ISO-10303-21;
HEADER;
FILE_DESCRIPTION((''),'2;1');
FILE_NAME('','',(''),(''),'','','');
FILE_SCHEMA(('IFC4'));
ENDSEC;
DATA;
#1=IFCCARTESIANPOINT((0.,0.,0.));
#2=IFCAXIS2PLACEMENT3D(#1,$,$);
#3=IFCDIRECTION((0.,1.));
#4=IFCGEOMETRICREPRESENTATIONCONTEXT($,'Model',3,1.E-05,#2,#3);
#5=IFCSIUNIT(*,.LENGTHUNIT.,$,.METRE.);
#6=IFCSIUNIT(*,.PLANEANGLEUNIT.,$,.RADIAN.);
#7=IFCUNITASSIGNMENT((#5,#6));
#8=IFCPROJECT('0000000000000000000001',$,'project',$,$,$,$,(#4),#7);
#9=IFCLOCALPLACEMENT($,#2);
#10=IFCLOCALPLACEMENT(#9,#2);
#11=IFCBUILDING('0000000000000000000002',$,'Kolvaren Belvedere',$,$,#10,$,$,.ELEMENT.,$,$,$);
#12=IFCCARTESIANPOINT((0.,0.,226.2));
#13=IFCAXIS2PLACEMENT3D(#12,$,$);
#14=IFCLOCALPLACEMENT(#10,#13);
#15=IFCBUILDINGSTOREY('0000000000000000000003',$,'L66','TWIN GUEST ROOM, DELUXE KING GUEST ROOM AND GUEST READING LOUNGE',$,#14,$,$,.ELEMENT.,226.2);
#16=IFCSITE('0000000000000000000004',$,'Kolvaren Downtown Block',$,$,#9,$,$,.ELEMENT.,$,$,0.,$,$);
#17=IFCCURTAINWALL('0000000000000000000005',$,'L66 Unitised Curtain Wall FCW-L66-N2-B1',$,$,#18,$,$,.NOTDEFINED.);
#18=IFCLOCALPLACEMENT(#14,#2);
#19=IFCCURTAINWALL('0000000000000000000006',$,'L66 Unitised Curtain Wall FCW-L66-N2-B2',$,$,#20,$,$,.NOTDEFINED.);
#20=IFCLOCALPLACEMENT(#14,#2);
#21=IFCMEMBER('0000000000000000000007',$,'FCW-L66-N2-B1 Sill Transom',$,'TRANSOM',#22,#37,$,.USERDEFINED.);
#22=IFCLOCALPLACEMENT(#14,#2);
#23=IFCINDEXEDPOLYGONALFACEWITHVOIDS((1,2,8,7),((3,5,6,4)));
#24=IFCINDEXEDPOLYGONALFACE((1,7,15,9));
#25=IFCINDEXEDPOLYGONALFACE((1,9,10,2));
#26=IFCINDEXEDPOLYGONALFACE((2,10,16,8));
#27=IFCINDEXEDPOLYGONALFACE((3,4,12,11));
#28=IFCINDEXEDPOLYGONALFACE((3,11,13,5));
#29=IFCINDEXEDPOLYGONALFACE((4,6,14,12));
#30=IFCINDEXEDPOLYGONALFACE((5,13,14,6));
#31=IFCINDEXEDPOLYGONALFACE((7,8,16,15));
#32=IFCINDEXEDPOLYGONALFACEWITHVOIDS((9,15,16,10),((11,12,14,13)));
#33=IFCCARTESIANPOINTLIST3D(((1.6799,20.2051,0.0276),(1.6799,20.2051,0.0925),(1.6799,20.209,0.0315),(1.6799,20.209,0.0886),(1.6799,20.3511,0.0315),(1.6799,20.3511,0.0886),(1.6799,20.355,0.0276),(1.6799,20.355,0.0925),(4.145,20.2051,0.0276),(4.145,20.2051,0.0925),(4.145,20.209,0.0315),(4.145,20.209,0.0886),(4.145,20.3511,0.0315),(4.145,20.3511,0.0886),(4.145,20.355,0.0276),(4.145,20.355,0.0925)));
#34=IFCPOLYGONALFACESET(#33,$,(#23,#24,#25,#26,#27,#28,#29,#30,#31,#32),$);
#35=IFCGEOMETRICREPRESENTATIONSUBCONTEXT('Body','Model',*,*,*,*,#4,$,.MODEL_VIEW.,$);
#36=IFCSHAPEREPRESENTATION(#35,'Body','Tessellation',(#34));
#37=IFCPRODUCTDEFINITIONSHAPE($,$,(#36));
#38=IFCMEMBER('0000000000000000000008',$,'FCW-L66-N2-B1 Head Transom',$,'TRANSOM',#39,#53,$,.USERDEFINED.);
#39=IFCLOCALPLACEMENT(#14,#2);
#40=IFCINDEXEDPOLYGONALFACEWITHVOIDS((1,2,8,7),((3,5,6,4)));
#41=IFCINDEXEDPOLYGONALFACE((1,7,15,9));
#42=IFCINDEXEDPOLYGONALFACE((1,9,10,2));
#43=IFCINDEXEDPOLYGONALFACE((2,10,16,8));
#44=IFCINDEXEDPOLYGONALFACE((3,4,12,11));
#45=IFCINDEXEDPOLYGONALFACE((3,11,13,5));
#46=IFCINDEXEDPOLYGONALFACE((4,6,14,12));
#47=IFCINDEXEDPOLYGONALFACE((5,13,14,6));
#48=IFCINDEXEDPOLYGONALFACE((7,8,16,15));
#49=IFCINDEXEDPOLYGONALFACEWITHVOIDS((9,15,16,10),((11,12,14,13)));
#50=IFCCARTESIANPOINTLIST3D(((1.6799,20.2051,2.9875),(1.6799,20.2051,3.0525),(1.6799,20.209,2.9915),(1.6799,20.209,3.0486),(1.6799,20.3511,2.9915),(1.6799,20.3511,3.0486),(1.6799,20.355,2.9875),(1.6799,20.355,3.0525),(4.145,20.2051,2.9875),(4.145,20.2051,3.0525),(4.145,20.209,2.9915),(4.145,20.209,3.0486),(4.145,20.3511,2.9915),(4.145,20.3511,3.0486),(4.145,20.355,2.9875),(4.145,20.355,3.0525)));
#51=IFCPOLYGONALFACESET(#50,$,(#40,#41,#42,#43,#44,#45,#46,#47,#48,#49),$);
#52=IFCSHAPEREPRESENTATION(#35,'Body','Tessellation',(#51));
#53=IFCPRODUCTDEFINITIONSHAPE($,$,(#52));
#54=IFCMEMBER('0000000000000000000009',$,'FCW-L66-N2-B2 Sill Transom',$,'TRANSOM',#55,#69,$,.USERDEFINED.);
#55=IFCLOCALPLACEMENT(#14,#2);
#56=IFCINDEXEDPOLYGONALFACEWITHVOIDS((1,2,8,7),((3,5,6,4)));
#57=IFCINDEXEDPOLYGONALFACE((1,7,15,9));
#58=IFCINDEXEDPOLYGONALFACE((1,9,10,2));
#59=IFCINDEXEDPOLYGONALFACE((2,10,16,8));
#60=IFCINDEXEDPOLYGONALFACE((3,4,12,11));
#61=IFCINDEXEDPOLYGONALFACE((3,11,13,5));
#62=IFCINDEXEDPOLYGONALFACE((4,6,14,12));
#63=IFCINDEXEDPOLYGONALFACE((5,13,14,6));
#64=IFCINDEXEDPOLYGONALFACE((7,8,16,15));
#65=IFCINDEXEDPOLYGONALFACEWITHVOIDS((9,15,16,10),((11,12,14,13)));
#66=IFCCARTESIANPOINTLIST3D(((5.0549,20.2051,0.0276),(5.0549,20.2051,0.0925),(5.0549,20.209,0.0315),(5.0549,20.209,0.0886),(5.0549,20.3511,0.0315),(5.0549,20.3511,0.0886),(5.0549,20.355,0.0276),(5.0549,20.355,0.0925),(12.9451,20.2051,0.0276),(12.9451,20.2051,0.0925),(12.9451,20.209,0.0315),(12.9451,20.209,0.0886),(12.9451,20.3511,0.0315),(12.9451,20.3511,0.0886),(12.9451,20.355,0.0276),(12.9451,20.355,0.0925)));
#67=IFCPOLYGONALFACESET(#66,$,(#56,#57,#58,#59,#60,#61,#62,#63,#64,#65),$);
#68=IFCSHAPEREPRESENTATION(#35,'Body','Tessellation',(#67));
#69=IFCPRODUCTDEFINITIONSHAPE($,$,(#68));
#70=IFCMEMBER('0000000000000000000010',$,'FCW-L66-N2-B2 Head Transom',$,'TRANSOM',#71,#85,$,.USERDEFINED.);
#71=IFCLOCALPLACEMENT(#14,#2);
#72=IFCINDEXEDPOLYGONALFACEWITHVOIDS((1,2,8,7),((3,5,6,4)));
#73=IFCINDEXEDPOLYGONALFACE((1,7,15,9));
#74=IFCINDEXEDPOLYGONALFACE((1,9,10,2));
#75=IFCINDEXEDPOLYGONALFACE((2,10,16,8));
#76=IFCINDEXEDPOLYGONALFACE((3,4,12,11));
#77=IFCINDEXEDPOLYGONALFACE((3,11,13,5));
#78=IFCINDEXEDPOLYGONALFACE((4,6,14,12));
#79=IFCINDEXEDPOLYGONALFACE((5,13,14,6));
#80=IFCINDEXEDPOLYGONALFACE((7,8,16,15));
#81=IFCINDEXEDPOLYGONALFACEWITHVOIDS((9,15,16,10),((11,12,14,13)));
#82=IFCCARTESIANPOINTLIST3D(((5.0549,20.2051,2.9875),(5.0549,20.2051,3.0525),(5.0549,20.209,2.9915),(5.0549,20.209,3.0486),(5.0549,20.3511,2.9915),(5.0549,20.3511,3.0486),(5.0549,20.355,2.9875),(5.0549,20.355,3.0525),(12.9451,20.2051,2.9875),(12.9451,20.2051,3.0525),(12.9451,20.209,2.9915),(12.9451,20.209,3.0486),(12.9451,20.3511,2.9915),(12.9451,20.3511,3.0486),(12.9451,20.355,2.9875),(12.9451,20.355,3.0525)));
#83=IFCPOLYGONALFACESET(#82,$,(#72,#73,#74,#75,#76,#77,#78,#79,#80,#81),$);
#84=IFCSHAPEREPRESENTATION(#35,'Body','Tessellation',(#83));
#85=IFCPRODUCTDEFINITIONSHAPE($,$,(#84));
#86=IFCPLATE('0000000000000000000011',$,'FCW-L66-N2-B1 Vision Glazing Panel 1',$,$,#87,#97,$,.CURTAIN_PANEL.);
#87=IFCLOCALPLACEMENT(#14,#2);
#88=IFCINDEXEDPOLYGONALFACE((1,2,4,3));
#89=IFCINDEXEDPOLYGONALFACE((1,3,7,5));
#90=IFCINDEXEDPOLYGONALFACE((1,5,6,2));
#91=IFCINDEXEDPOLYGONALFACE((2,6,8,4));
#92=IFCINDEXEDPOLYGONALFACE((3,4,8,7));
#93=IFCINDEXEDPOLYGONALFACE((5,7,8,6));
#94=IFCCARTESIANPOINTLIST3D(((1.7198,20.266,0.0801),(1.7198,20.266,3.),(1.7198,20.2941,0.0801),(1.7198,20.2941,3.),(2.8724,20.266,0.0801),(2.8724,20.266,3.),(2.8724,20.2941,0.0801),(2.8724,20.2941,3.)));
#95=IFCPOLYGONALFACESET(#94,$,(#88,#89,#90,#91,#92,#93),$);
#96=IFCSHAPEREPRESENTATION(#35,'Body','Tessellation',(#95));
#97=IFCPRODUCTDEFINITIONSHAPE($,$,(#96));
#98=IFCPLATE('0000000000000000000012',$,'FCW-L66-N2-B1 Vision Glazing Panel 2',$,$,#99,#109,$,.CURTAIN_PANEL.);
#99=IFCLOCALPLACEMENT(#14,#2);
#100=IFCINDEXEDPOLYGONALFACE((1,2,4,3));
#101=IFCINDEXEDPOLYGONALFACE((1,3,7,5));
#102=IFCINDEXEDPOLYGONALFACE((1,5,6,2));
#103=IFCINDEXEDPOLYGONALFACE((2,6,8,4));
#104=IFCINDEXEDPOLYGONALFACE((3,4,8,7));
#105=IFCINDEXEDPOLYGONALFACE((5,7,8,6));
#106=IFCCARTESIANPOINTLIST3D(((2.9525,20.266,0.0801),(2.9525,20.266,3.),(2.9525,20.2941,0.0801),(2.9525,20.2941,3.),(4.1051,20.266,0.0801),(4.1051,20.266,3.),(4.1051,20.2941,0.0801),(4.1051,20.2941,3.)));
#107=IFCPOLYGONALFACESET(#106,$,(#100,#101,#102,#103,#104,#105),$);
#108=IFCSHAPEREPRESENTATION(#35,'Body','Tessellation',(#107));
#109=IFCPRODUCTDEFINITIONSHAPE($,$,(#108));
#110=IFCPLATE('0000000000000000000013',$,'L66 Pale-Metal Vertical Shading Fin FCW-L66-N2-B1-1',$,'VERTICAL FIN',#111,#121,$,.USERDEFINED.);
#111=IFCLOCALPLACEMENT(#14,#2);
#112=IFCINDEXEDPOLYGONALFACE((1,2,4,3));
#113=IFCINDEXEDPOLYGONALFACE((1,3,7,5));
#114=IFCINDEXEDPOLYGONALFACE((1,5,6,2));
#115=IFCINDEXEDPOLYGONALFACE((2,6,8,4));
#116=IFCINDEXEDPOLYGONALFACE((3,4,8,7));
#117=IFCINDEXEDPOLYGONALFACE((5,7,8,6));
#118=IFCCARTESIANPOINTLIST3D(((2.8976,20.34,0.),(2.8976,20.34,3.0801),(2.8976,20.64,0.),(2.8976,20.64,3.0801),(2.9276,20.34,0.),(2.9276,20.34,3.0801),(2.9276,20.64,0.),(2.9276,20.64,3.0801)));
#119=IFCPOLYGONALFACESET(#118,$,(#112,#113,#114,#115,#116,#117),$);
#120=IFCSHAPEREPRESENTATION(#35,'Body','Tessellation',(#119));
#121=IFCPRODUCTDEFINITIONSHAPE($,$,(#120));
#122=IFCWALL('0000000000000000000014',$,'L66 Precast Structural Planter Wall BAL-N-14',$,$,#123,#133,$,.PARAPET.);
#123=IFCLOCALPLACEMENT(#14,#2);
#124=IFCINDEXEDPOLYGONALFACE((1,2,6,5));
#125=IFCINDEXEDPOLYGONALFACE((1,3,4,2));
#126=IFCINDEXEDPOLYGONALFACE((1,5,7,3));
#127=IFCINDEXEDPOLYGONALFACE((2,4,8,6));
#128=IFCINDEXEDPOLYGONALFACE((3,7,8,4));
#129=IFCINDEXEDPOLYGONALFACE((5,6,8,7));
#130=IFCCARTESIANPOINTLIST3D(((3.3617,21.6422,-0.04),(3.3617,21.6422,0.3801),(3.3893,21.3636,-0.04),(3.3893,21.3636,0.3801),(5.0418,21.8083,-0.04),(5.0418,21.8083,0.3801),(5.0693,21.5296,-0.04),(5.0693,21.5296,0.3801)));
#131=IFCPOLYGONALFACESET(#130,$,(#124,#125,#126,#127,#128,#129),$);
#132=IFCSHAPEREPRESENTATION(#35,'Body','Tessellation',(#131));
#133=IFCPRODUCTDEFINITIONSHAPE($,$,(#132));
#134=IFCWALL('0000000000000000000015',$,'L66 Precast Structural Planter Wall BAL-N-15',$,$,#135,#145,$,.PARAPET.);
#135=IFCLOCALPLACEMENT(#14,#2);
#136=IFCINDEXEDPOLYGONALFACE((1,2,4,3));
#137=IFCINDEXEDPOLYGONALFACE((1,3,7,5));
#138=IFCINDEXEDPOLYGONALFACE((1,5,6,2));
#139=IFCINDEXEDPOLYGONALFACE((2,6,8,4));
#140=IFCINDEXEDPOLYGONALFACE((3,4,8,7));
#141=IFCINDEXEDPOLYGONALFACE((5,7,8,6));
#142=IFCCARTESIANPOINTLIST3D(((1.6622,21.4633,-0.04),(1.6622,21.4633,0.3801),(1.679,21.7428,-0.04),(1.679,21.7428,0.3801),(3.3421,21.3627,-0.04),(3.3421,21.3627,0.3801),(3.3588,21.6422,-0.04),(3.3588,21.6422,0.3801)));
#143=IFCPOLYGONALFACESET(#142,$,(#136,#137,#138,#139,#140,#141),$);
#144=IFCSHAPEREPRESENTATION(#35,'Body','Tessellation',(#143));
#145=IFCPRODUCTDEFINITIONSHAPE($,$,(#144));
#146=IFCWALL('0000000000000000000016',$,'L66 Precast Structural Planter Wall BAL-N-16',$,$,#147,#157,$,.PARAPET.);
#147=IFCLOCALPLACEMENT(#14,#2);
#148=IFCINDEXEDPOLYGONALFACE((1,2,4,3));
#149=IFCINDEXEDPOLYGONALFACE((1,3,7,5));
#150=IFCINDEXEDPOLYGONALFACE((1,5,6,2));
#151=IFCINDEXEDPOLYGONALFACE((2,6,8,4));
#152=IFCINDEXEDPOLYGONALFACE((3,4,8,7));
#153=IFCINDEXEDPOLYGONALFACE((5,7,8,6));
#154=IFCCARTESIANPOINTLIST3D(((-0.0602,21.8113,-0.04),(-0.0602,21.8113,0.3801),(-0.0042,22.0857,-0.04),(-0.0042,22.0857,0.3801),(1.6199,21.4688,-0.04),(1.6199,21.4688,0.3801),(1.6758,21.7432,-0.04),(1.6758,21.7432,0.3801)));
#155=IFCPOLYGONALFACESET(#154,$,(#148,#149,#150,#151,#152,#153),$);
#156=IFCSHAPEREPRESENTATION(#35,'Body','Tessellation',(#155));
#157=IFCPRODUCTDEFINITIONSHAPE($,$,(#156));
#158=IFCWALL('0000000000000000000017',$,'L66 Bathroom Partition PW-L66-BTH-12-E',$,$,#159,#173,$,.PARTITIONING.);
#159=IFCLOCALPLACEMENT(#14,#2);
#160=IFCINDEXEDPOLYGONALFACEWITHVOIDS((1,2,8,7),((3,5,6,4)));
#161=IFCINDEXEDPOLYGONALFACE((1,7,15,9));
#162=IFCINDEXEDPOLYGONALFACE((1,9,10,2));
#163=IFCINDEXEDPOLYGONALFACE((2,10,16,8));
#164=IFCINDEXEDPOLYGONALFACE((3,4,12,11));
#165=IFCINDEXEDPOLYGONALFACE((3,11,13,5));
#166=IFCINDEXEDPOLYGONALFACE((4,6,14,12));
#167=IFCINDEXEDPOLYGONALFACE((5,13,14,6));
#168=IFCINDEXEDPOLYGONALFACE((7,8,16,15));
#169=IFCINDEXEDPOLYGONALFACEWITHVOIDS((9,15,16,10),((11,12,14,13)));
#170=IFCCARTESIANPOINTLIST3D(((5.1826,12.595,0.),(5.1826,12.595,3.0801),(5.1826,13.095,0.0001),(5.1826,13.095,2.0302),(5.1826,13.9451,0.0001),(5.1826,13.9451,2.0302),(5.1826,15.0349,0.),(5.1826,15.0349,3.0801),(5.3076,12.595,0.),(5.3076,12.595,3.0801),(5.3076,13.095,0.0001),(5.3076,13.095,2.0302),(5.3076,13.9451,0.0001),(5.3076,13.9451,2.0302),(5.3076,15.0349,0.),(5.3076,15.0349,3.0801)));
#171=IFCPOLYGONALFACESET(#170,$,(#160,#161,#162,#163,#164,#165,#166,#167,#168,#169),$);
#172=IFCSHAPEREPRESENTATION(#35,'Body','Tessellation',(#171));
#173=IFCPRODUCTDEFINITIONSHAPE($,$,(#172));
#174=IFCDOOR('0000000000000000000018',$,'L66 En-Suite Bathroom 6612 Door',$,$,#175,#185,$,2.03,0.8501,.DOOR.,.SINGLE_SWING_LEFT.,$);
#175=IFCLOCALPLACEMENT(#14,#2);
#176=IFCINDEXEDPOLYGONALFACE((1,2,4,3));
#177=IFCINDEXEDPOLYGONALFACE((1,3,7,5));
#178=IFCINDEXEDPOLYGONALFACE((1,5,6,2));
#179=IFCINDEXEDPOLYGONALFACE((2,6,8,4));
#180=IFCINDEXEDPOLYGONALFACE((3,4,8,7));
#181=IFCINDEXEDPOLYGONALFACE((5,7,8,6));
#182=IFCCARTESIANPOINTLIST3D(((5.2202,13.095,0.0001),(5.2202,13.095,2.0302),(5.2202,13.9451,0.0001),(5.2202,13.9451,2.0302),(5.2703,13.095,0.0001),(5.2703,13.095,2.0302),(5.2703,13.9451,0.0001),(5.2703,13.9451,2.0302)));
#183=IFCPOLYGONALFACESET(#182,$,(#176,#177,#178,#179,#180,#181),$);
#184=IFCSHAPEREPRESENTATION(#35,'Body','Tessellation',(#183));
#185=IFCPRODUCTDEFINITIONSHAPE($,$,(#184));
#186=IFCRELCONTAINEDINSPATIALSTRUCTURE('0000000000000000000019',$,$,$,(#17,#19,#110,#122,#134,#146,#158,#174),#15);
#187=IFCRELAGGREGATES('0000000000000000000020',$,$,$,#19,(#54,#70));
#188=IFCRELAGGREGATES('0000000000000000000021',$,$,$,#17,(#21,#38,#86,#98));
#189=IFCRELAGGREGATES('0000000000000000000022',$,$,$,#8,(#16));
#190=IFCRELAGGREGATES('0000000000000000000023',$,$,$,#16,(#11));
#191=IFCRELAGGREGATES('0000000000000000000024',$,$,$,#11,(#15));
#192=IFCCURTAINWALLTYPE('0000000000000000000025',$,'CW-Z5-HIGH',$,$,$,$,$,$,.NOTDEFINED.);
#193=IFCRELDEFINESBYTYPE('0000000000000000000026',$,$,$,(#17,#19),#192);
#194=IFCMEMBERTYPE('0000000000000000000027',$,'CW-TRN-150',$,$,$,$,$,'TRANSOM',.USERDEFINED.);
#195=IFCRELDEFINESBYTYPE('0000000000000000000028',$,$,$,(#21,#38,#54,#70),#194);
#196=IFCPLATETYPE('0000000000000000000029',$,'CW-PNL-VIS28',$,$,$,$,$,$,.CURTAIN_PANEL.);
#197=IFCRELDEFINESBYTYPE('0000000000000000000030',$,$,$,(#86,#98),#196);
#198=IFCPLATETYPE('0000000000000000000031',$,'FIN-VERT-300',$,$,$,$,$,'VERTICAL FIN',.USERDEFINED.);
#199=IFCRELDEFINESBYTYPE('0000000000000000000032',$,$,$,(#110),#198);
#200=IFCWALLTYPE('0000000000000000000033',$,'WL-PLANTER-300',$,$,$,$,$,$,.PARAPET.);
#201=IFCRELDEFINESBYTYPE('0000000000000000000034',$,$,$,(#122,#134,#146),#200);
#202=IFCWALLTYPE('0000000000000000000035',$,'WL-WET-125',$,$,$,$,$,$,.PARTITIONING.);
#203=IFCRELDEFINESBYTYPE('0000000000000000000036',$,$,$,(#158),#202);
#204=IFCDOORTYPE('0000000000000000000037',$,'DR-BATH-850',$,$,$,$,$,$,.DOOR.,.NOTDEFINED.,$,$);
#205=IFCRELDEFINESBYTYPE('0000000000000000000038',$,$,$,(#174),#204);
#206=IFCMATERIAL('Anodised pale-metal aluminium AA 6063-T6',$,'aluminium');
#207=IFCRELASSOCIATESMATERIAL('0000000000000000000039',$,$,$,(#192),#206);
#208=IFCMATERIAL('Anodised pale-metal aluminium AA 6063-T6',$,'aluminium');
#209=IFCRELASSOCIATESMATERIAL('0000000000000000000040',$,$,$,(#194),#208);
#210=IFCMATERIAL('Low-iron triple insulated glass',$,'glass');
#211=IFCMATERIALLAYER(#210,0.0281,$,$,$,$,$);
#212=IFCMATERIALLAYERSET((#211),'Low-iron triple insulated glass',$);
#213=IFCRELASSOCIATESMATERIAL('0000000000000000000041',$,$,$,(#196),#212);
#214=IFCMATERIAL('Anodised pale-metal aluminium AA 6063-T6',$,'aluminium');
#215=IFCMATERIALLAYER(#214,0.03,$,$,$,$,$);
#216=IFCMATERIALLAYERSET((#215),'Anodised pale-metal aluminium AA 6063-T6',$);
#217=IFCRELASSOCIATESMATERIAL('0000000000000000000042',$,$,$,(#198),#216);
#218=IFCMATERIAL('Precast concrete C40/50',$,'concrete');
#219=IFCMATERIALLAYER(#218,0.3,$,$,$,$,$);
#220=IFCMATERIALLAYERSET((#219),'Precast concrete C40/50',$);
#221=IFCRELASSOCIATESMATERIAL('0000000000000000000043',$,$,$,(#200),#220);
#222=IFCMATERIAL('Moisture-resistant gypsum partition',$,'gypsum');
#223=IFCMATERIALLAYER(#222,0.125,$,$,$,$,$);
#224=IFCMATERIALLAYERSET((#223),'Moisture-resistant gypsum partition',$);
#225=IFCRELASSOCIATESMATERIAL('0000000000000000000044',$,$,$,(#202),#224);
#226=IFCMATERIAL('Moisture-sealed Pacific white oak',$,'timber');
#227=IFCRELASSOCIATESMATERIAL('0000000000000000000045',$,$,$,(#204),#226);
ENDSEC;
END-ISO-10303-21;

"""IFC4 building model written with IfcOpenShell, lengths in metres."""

from ifc_helpers import new_model, si_unit, direction, frame, frame_2d, origin, origin_2d, place, context, subcontext, project, spatial, rectangle, hollow_rectangle, extrude, material, layer, layer_set, material_profile, profile_set, type_object, element, fill, aggregate, save


model = new_model("IFC4")

# Units and contexts
model_context = context("Model", 3, precision=1e-05, world=origin(), true_north=direction((0.0, 1.0)))
body_context = subcontext(model_context, "Body", "Model", "MODEL_VIEW")
ifc_project = project(units=[si_unit("LENGTHUNIT", "METRE"), si_unit("PLANEANGLEUNIT", "RADIAN")], contexts=[model_context])

# Site, building, storey
site_placement = place(None, origin())
site = spatial("IfcSite", under=ifc_project, at=site_placement, Name="Kolvaren Downtown Block", CompositionType="ELEMENT", RefElevation=0.0)
building_placement = place(site_placement, origin())
building = spatial("IfcBuilding", under=site, at=building_placement, Name="Kolvaren Belvedere", CompositionType="ELEMENT")
storey_placement = place(building_placement, frame((0.0, 0.0, 226.2)))
storey = spatial("IfcBuildingStorey", under=building, at=storey_placement, Name="L66", Description="TWIN GUEST ROOM, DELUXE KING GUEST ROOM AND GUEST READING LOUNGE", CompositionType="ELEMENT", Elevation=226.2)

# Curtain wall
ifc_material_1 = material(Name="Anodised pale-metal aluminium AA 6063-T6", Category="aluminium")
curtain_wall_type = type_object("IfcCurtainWallType", Name="CW-Z5-HIGH", PredefinedType="NOTDEFINED", material=ifc_material_1)
curtain_wall_1_placement = place(storey_placement, origin())
curtain_wall_1 = element("IfcCurtainWall", 1, at=curtain_wall_1_placement, inside=storey, type_object=curtain_wall_type, Name="L66 Unitised Curtain Wall FCW-L66-N2-B1", PredefinedType="NOTDEFINED")

# Curtain wall
curtain_wall_2_placement = place(storey_placement, origin())
curtain_wall_2 = element("IfcCurtainWall", 2, at=curtain_wall_2_placement, inside=storey, type_object=curtain_wall_type, Name="L66 Unitised Curtain Wall FCW-L66-N2-B2", PredefinedType="NOTDEFINED")

# Members
ifc_material_2 = material(Name="Anodised pale-metal aluminium AA 6063-T6", Category="aluminium")
ifc_material_profile_1 = material_profile(ifc_material_2, hollow_rectangle(XDim=0.0649, YDim=0.1499, WallThickness=0.0039, at=origin_2d()), Name="ALU-TRN-150X65")
ifc_profile_set_1 = profile_set([ifc_material_profile_1], Name="Anodised pale-metal aluminium AA 6063-T6")
member_type_1 = type_object("IfcMemberType", Name="CW-TRN-150", ElementType="TRANSOM", PredefinedType="USERDEFINED", material=ifc_profile_set_1)
member_1_placement = place(storey_placement, frame((1.6799, 20.28, 0.0601), z_axis=(1.0, 0.0, 0.0), x_axis=(0.0, 0.0, 1.0)))
member_1 = element("IfcMember", 3, at=member_1_placement, type_object=member_type_1, Name="FCW-L66-N2-B1 Sill Transom", ObjectType="TRANSOM", PredefinedType="USERDEFINED", context=body_context, shape_type="SweptSolid", body=[
    extrude(hollow_rectangle(XDim=0.0649, YDim=0.1499, WallThickness=0.0039, at=origin_2d()), origin(), (0.0, 0.0, 1.0), 2.4651),
])
member_2_placement = place(storey_placement, frame((1.6799, 20.28, 3.02), z_axis=(1.0, 0.0, 0.0), x_axis=(0.0, 0.0, 1.0)))
member_2 = element("IfcMember", 4, at=member_2_placement, type_object=member_type_1, Name="FCW-L66-N2-B1 Head Transom", ObjectType="TRANSOM", PredefinedType="USERDEFINED", context=body_context, shape_type="SweptSolid", body=[
    extrude(hollow_rectangle(XDim=0.0649, YDim=0.1499, WallThickness=0.0039, at=origin_2d()), origin(), (0.0, 0.0, 1.0), 2.4651),
])
member_3_placement = place(storey_placement, frame((5.0549, 20.28, 0.0601), z_axis=(1.0, 0.0, 0.0), x_axis=(0.0, 0.0, 1.0)))
member_3 = element("IfcMember", 5, at=member_3_placement, type_object=member_type_1, Name="FCW-L66-N2-B2 Sill Transom", ObjectType="TRANSOM", PredefinedType="USERDEFINED", context=body_context, shape_type="SweptSolid", body=[
    extrude(hollow_rectangle(XDim=0.0649, YDim=0.1499, WallThickness=0.0039, at=origin_2d()), origin(), (0.0, 0.0, 1.0), 7.8901),
])
member_4_placement = place(storey_placement, frame((5.0549, 20.28, 3.02), z_axis=(1.0, 0.0, 0.0), x_axis=(0.0, 0.0, 1.0)))
member_4 = element("IfcMember", 6, at=member_4_placement, type_object=member_type_1, Name="FCW-L66-N2-B2 Head Transom", ObjectType="TRANSOM", PredefinedType="USERDEFINED", context=body_context, shape_type="SweptSolid", body=[
    extrude(hollow_rectangle(XDim=0.0649, YDim=0.1499, WallThickness=0.0039, at=origin_2d()), origin(), (0.0, 0.0, 1.0), 7.8901),
])
aggregate(curtain_wall_2, [member_3, member_4])

# Plates
ifc_material_3 = material(Name="Low-iron triple insulated glass", Category="glass")
ifc_layer_1 = layer(ifc_material_3, 0.0281)
ifc_layer_set_1 = layer_set([ifc_layer_1], Name="Low-iron triple insulated glass")
plate_type_1 = type_object("IfcPlateType", Name="CW-PNL-VIS28", PredefinedType="CURTAIN_PANEL", material=ifc_layer_set_1)
plate_1_placement = place(storey_placement, frame((2.2961, 20.28, 0.0801), z_axis=(0.0, 0.0, 1.0), x_axis=(1.0, 0.0, 0.0)))
plate_1 = element("IfcPlate", 7, at=plate_1_placement, type_object=plate_type_1, Name="FCW-L66-N2-B1 Vision Glazing Panel 1", PredefinedType="CURTAIN_PANEL", context=body_context, shape_type="SweptSolid", body=[
    extrude(rectangle(XDim=1.1526, YDim=0.0281, at=origin_2d()), origin(), (0.0, 0.0, 1.0), 2.9199),
])
plate_2_placement = place(storey_placement, frame((3.5288, 20.28, 0.0801), z_axis=(0.0, 0.0, 1.0), x_axis=(1.0, 0.0, 0.0)))
plate_2 = element("IfcPlate", 8, at=plate_2_placement, type_object=plate_type_1, Name="FCW-L66-N2-B1 Vision Glazing Panel 2", PredefinedType="CURTAIN_PANEL", context=body_context, shape_type="SweptSolid", body=[
    extrude(rectangle(XDim=1.1526, YDim=0.0281, at=origin_2d()), origin(), (0.0, 0.0, 1.0), 2.9199),
])
aggregate(curtain_wall_1, [member_1, member_2, plate_1, plate_2])
ifc_material_4 = material(Name="Anodised pale-metal aluminium AA 6063-T6", Category="aluminium")
ifc_layer_2 = layer(ifc_material_4, 0.03)
ifc_layer_set_2 = layer_set([ifc_layer_2], Name="Anodised pale-metal aluminium AA 6063-T6")
plate_type_2 = type_object("IfcPlateType", Name="FIN-VERT-300", ElementType="VERTICAL FIN", PredefinedType="USERDEFINED", material=ifc_layer_set_2)
plate_3_placement = place(storey_placement, frame((2.9126, 20.49, 0.0), z_axis=(0.0, 0.0, 1.0), x_axis=(0.0, 1.0, 0.0)))
element("IfcPlate", 9, at=plate_3_placement, inside=storey, type_object=plate_type_2, Name="L66 Pale-Metal Vertical Shading Fin FCW-L66-N2-B1-1", ObjectType="VERTICAL FIN", PredefinedType="USERDEFINED", context=body_context, shape_type="SweptSolid", body=[
    extrude(rectangle(XDim=0.3, YDim=0.03, at=origin_2d()), origin(), (0.0, 0.0, 1.0), 3.0801),
])

# Walls
ifc_material_5 = material(Name="Precast concrete C40/50", Category="concrete")
ifc_layer_3 = layer(ifc_material_5, 0.3)
ifc_layer_set_3 = layer_set([ifc_layer_3], Name="Precast concrete C40/50")
wall_type_1 = type_object("IfcWallType", Name="WL-PLANTER-300", PredefinedType="PARAPET", material=ifc_layer_set_3)
wall_1_placement = place(storey_placement, frame((5.0557, 21.6689, -0.04), z_axis=(0.0, 0.0, 1.0), x_axis=(-0.995152, -0.098344, 0.0)))
element("IfcWall", 10, at=wall_1_placement, inside=storey, type_object=wall_type_1, Name="L66 Precast Structural Planter Wall BAL-N-14", PredefinedType="PARAPET", context=body_context, shape_type="SweptSolid", body=[
    extrude(rectangle(XDim=1.6882, YDim=0.28, at=frame_2d((0.8442, 0.0))), origin(), (0.0, 0.0, 1.0), 0.4202),
])
wall_2_placement = place(storey_placement, frame((3.3503, 21.5024, -0.04), z_axis=(0.0, 0.0, 1.0), x_axis=(-0.998212, 0.059768, 0.0)))
element("IfcWall", 11, at=wall_2_placement, inside=storey, type_object=wall_type_1, Name="L66 Precast Structural Planter Wall BAL-N-15", PredefinedType="PARAPET", context=body_context, shape_type="SweptSolid", body=[
    extrude(rectangle(XDim=1.6829, YDim=0.28, at=frame_2d((0.8413, 0.0))), origin(), (0.0, 0.0, 1.0), 0.4202),
])
wall_3_placement = place(storey_placement, frame((1.6479, 21.606, -0.04), z_axis=(0.0, 0.0, 1.0), x_axis=(-0.97984, 0.199784, 0.0)))
element("IfcWall", 12, at=wall_3_placement, inside=storey, type_object=wall_type_1, Name="L66 Precast Structural Planter Wall BAL-N-16", PredefinedType="PARAPET", context=body_context, shape_type="SweptSolid", body=[
    extrude(rectangle(XDim=1.7146, YDim=0.28, at=frame_2d((0.8574, 0.0))), origin(), (0.0, 0.0, 1.0), 0.4202),
])

# Wall, opening, door
ifc_material_6 = material(Name="Moisture-resistant gypsum partition", Category="gypsum")
ifc_layer_4 = layer(ifc_material_6, 0.125)
ifc_layer_set_4 = layer_set([ifc_layer_4], Name="Moisture-resistant gypsum partition")
wall_type_2 = type_object("IfcWallType", Name="WL-WET-125", PredefinedType="PARTITIONING", material=ifc_layer_set_4)
wall_4_placement = place(storey_placement, frame((5.2451, 12.595, 0.0), z_axis=(0.0, 0.0, 1.0), x_axis=(0.0, 1.0, 0.0)))
wall_4 = element("IfcWall", 13, at=wall_4_placement, inside=storey, type_object=wall_type_2, Name="L66 Bathroom Partition PW-L66-BTH-12-E", PredefinedType="PARTITIONING", context=body_context, shape_type="SweptSolid", body=[
    extrude(rectangle(XDim=2.4399, YDim=0.125, at=frame_2d((1.22, 0.0))), origin(), (0.0, 0.0, 1.0), 3.0801),
])
opening_placement = place(wall_4_placement, frame((0.5, 0.0, 0.0)))
opening = element("IfcOpeningElement", 14, at=opening_placement, cuts=wall_4, PredefinedType="OPENING", context=body_context, shape_type="SweptSolid", body=[
    extrude(rectangle(XDim=0.8501, YDim=2.03, at=frame_2d((0.425, 1.0151))), frame((0.0, 0.0725, 0.0), z_axis=(0.0, -1.0, 0.0), x_axis=(1.0, 0.0, 0.0)), (0.0, 0.0, 1.0), 0.145),
])
ifc_material_7 = material(Name="Moisture-sealed Pacific white oak", Category="timber")
door_type = type_object("IfcDoorType", Name="DR-BATH-850", OperationType="NOTDEFINED", PredefinedType="DOOR", material=ifc_material_7)
door_placement = place(opening_placement, origin())
door = element("IfcDoor", 15, at=door_placement, inside=storey, type_object=door_type, Name="L66 En-Suite Bathroom 6612 Door", OperationType="SINGLE_SWING_LEFT", OverallHeight=2.03, OverallWidth=0.8501, PredefinedType="DOOR", context=body_context, shape_type="SweptSolid", body=[
    extrude(rectangle(XDim=0.8501, YDim=2.03, at=frame_2d((0.425, 1.0151))), frame((0.0, 0.0249, 0.0), z_axis=(0.0, -1.0, 0.0), x_axis=(1.0, 0.0, 0.0)), (0.0, 0.0, 1.0), 0.05),
])
fill(opening, door)

save(model, "model.ifc")
